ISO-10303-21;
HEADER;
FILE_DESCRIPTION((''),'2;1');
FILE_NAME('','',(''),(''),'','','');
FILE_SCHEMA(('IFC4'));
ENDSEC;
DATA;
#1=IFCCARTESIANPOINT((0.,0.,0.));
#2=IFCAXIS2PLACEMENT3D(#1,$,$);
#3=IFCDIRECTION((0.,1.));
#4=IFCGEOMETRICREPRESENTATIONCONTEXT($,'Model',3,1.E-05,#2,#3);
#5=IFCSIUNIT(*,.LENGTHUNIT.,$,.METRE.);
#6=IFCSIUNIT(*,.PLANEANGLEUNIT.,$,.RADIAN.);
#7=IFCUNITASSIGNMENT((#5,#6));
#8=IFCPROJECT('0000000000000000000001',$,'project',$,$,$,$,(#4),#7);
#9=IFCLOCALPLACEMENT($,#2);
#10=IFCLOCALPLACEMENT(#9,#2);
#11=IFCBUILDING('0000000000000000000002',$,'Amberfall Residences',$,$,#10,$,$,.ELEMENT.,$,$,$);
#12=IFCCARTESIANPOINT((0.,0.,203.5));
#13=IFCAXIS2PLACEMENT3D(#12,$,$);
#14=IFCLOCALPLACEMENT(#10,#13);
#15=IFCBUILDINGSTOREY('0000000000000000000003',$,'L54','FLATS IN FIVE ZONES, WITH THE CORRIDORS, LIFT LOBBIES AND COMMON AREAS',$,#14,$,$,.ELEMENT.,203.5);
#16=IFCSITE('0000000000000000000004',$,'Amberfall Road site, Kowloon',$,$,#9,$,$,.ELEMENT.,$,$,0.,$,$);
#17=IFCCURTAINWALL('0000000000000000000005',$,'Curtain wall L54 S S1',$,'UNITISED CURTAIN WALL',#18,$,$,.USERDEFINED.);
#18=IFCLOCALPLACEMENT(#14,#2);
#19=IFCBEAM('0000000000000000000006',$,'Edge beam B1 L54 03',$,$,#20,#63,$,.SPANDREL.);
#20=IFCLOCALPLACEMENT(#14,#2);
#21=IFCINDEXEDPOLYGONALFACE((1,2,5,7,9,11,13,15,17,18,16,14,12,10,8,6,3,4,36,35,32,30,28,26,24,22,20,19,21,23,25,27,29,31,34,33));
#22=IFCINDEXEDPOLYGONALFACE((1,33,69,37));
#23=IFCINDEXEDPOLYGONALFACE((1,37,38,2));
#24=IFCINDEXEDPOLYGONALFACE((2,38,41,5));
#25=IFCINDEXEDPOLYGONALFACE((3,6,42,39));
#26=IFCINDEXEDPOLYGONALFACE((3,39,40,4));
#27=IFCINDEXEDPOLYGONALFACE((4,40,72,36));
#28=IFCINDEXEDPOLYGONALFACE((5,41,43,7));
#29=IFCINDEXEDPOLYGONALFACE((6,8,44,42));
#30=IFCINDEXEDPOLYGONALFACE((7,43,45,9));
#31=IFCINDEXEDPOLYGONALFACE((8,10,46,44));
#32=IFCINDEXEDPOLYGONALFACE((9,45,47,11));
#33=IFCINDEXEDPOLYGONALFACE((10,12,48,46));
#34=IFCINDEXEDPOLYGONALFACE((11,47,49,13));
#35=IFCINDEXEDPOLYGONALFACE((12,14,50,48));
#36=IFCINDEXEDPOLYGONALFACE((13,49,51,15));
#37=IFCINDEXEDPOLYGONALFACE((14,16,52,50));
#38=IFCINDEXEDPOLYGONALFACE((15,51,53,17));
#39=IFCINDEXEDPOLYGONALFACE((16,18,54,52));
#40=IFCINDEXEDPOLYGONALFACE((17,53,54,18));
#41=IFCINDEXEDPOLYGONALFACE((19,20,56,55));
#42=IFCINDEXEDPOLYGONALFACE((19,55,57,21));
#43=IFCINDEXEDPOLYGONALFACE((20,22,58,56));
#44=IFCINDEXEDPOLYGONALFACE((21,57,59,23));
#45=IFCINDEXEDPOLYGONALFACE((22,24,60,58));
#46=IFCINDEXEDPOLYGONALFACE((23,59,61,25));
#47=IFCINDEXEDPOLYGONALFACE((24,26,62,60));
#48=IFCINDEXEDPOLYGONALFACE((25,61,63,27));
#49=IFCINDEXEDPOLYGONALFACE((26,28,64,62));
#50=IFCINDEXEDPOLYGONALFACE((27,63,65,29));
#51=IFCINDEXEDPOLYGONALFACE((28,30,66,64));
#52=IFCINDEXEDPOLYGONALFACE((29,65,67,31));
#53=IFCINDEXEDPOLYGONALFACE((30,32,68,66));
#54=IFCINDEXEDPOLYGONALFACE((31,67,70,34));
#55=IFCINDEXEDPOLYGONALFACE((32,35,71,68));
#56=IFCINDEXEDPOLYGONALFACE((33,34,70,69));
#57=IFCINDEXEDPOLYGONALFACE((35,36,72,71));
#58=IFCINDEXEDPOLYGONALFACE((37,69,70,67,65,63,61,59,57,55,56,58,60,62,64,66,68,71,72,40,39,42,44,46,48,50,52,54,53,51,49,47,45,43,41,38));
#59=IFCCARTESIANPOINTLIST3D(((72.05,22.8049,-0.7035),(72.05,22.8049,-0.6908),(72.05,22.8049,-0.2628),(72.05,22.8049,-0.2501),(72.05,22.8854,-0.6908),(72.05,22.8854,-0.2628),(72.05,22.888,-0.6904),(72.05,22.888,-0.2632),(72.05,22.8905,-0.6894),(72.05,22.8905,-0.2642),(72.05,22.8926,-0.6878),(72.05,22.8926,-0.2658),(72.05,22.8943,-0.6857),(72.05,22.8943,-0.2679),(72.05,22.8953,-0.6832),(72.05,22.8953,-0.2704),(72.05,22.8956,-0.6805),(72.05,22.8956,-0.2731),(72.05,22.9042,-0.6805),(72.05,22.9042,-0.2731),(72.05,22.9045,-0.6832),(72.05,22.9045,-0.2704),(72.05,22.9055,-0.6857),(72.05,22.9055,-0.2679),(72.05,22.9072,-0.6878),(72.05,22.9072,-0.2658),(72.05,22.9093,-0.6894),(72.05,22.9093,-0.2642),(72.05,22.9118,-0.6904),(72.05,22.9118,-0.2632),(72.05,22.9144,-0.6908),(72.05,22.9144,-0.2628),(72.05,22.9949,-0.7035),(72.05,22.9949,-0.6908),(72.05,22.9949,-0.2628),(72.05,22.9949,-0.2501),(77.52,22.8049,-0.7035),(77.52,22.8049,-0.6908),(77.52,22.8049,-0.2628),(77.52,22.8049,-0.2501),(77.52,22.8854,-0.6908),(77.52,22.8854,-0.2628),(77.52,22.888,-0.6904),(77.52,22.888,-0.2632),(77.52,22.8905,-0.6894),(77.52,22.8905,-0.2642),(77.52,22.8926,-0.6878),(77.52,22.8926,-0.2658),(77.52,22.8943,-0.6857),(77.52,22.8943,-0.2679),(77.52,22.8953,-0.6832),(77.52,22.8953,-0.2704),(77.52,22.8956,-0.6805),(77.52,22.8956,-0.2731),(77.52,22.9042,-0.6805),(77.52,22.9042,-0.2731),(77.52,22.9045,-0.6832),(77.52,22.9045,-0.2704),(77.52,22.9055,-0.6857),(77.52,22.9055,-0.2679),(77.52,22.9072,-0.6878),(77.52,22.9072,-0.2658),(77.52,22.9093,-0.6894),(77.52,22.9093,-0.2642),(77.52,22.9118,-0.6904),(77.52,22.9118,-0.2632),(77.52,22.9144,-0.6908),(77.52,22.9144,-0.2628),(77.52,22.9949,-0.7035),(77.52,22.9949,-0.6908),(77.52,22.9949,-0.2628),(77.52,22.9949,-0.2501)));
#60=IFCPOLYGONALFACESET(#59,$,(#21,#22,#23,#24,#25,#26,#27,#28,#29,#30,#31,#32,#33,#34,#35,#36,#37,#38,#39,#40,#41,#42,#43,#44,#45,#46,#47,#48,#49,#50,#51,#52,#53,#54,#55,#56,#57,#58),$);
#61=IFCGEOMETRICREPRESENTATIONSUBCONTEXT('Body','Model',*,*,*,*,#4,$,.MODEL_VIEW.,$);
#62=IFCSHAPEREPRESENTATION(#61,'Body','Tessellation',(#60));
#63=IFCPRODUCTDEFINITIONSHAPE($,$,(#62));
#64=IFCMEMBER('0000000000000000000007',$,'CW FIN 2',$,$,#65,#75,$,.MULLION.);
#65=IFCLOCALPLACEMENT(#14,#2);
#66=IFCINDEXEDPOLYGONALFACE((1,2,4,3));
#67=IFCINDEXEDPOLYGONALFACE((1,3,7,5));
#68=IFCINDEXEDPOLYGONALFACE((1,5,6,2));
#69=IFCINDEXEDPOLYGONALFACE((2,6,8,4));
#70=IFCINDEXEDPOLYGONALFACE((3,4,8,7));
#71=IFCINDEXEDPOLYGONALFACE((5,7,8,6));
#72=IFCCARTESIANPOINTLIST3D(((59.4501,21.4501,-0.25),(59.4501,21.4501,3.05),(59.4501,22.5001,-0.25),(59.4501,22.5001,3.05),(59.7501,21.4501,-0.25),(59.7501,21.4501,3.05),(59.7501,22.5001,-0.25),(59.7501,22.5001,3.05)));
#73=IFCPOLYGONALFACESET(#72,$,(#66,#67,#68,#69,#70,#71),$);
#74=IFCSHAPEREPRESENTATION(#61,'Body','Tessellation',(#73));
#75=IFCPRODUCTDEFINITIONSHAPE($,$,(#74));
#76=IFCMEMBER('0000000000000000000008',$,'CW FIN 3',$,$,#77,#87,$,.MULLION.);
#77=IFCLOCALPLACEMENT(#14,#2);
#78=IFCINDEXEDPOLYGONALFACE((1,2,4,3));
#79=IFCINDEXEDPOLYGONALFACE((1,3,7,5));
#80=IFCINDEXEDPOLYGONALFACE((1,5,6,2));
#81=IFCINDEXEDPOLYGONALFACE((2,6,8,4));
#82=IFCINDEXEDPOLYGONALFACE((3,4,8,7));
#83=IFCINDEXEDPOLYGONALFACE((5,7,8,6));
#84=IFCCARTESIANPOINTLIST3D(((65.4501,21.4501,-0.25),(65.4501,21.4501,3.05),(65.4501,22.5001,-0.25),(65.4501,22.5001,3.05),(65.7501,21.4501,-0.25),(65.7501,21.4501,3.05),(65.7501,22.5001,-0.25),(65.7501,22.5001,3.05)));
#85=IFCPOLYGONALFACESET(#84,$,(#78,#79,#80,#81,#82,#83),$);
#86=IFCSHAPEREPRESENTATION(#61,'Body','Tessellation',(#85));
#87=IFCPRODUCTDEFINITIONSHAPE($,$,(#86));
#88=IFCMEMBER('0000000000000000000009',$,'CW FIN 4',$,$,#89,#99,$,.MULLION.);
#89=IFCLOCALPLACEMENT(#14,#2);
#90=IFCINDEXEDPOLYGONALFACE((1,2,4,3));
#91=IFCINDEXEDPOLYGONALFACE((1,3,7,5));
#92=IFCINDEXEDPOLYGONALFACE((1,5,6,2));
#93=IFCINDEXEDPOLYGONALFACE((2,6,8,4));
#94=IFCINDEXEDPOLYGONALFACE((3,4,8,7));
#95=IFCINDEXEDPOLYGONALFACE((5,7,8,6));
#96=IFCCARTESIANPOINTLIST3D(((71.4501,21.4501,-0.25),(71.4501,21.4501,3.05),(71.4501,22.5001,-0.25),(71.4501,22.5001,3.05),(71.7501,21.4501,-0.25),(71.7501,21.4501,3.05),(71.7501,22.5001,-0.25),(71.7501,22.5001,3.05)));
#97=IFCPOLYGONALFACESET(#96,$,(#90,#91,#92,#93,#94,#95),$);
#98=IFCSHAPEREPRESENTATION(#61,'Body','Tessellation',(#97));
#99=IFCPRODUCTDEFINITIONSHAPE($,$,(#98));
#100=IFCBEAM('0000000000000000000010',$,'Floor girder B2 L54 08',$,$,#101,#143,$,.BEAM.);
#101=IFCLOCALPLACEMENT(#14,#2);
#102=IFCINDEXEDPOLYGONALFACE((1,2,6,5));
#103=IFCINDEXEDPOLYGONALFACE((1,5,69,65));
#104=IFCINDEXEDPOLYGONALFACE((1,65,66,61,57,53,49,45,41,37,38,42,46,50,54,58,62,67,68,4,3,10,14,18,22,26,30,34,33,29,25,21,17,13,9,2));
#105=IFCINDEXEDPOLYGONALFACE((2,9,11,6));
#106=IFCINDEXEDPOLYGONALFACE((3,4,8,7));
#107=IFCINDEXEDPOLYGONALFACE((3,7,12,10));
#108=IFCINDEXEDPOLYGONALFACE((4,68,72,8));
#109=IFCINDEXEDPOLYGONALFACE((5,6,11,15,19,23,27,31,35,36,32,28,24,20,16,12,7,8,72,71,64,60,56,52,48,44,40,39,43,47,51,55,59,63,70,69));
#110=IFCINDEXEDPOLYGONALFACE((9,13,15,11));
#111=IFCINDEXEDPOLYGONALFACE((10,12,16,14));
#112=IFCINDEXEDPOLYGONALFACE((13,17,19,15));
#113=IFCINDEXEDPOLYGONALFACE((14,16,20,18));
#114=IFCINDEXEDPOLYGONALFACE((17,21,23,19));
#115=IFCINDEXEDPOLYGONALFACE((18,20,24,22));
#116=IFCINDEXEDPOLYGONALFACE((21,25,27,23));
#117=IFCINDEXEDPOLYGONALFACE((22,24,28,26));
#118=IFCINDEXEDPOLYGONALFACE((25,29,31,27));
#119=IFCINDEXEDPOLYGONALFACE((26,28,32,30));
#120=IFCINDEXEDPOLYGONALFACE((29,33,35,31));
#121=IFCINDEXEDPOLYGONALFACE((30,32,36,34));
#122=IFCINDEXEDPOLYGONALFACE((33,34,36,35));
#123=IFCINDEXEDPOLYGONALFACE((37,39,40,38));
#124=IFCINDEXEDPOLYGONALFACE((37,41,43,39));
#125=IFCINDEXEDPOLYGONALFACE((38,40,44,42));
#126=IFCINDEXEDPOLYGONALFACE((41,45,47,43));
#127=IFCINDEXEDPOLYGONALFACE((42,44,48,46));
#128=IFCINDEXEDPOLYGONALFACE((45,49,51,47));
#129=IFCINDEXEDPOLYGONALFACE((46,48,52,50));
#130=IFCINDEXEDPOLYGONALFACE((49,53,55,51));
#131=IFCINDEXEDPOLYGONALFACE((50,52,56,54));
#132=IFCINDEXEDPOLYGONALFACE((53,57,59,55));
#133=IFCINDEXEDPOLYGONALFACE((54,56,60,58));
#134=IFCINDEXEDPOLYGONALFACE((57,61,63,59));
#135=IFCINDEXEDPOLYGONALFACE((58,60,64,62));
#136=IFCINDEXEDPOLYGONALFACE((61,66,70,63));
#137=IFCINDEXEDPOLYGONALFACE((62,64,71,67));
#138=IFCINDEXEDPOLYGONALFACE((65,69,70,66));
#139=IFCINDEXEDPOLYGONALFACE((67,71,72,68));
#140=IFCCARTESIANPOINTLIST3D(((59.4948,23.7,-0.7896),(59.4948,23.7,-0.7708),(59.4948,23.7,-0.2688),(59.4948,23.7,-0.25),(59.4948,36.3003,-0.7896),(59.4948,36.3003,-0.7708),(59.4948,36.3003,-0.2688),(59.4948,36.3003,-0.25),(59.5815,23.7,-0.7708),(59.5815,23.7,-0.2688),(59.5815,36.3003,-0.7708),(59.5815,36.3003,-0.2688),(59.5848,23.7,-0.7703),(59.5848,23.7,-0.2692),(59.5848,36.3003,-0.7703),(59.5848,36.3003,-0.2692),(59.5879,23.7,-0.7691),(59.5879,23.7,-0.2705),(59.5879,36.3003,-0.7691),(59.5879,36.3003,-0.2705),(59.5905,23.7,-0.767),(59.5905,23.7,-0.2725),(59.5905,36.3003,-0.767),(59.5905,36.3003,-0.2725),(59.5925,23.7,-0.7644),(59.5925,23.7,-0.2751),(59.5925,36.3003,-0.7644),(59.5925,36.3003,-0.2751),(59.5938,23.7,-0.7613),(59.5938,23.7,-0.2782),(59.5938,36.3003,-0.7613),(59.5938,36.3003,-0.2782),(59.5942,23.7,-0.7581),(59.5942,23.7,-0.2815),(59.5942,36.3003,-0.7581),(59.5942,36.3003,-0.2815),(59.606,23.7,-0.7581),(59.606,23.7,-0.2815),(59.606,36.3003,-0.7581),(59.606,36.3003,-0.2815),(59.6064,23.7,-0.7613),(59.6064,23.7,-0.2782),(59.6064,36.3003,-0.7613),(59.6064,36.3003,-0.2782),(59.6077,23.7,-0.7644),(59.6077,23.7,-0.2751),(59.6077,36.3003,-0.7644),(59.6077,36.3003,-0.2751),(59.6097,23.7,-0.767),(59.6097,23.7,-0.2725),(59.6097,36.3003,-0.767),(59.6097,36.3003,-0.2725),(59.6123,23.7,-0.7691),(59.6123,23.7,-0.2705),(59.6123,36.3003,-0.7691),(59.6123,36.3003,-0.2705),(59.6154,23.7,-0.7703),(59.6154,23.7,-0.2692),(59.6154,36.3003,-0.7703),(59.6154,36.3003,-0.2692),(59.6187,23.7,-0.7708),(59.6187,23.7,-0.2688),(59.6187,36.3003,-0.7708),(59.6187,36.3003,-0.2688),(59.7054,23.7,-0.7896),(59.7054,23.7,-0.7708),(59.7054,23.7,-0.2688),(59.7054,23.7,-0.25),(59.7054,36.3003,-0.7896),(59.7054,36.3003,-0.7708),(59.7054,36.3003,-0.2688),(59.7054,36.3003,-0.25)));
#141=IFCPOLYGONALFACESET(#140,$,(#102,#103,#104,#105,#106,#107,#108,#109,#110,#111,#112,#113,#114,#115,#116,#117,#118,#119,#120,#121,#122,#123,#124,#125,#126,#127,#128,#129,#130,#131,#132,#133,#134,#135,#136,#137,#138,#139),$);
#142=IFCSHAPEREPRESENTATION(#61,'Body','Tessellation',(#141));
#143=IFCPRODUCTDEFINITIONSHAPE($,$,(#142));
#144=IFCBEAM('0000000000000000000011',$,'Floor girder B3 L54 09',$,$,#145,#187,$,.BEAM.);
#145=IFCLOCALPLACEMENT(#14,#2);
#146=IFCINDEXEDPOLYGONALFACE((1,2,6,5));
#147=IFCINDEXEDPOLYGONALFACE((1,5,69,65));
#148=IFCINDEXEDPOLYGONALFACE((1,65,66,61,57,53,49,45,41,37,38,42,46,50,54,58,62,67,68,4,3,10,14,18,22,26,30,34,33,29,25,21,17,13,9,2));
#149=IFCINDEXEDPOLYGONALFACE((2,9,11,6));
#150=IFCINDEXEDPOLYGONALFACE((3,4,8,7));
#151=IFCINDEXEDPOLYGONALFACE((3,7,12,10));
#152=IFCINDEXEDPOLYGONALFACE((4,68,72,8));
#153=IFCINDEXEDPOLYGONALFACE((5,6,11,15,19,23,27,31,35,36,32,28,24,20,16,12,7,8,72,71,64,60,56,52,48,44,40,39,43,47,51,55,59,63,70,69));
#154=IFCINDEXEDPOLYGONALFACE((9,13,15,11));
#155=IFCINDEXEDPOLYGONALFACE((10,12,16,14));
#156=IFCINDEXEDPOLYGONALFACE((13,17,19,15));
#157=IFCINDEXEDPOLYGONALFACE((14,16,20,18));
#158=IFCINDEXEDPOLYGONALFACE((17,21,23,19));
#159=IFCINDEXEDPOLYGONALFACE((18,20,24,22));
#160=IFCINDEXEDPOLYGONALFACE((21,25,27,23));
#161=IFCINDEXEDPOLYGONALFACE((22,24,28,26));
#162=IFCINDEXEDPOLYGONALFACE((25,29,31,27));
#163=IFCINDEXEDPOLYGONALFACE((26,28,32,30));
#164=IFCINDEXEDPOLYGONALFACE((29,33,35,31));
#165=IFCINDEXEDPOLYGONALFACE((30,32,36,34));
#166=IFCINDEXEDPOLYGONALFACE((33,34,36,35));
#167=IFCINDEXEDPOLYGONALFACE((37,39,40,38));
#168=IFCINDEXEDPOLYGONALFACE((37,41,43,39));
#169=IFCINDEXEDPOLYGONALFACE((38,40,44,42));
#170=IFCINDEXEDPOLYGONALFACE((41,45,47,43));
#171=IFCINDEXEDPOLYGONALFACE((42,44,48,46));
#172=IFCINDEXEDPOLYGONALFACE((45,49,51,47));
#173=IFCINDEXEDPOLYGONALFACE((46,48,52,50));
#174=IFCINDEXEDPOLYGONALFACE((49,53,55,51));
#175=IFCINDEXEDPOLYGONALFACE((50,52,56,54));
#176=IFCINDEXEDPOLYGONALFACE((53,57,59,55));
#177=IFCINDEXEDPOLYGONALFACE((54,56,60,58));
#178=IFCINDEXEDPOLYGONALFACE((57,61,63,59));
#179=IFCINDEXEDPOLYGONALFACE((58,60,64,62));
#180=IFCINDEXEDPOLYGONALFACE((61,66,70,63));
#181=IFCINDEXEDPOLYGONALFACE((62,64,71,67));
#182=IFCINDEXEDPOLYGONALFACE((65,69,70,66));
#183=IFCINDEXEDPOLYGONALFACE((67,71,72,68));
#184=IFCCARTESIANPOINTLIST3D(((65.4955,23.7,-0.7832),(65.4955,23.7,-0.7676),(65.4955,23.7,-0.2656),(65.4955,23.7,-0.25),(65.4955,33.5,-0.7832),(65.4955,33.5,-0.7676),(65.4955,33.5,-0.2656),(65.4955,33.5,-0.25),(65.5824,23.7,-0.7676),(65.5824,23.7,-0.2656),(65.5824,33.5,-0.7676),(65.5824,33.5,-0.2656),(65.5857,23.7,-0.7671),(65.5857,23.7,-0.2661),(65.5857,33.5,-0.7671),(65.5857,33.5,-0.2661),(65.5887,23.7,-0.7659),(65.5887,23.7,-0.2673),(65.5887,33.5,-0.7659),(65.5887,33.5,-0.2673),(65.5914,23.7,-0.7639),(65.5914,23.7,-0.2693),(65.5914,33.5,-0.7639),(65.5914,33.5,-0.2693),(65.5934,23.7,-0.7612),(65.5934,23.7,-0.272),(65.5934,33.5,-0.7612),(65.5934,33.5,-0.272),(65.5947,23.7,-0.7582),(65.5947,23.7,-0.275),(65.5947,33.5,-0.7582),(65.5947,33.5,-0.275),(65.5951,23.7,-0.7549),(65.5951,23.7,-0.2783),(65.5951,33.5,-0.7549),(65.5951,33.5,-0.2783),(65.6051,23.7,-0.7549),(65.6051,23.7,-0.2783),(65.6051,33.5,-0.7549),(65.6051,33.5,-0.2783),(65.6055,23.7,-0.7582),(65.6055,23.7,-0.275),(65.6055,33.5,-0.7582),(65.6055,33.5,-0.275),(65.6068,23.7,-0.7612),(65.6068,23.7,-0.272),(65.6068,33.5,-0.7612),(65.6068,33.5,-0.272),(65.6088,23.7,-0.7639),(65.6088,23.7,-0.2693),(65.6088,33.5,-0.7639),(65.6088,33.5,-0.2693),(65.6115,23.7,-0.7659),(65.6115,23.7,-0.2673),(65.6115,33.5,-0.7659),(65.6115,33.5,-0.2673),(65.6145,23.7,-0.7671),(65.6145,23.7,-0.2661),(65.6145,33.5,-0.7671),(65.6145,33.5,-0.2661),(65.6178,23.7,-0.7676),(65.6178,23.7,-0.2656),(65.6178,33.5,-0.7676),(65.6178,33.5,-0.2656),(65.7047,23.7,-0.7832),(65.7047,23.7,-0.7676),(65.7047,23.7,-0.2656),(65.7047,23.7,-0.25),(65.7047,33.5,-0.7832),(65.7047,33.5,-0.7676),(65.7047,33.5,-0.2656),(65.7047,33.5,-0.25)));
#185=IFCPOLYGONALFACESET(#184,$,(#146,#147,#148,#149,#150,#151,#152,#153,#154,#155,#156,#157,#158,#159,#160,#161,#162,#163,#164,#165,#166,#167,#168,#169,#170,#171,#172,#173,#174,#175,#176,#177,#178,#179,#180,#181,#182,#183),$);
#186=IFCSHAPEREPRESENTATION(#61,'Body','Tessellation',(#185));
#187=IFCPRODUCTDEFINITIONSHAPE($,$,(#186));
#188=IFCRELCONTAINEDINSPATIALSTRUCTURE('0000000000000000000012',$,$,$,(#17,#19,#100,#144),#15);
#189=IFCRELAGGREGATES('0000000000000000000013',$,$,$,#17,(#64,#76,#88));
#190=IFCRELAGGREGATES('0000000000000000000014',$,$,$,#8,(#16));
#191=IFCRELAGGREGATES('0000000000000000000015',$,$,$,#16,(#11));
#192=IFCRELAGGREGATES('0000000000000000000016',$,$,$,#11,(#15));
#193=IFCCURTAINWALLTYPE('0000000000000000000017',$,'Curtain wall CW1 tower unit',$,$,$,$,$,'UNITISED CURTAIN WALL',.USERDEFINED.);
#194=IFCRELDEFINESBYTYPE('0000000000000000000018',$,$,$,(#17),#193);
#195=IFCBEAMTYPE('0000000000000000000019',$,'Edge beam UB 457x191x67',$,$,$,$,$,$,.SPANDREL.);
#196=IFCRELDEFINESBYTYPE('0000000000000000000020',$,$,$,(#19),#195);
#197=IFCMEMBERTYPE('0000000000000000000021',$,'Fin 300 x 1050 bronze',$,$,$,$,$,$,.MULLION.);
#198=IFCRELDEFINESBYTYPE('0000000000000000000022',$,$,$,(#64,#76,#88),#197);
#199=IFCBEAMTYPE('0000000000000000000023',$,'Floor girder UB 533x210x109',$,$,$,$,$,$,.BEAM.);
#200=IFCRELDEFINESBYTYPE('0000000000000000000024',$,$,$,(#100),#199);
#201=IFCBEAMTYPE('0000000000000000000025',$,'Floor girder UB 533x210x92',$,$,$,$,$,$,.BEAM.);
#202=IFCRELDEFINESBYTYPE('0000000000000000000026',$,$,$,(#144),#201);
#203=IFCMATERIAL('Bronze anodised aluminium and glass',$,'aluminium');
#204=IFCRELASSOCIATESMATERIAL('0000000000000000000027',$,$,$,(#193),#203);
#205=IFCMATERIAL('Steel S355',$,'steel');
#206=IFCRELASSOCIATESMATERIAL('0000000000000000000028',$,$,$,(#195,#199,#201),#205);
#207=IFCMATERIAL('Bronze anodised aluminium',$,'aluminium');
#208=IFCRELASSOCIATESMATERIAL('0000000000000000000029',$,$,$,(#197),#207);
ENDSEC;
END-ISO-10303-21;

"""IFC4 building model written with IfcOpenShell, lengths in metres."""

from ifc_helpers import new_model, si_unit, direction, frame, origin, origin_2d, place, context, subcontext, project, spatial, rectangle, i_section, extrude, material, material_profile, profile_set, type_object, element, aggregate, save


model = new_model("IFC4")

# Units and contexts
model_context = context("Model", 3, precision=1e-05, world=origin(), true_north=direction((0.0, 1.0)))
body_context = subcontext(model_context, "Body", "Model", "MODEL_VIEW")
ifc_project = project(units=[si_unit("LENGTHUNIT", "METRE"), si_unit("PLANEANGLEUNIT", "RADIAN")], contexts=[model_context])

# Site, building, storey
site_placement = place(None, origin())
site = spatial("IfcSite", under=ifc_project, at=site_placement, Name="Amberfall Road site, Kowloon", CompositionType="ELEMENT", RefElevation=0.0)
building_placement = place(site_placement, origin())
building = spatial("IfcBuilding", under=site, at=building_placement, Name="Amberfall Residences", CompositionType="ELEMENT")
storey_placement = place(building_placement, frame((0.0, 0.0, 203.5)))
storey = spatial("IfcBuildingStorey", under=building, at=storey_placement, Name="L54", Description="FLATS IN FIVE ZONES, WITH THE CORRIDORS, LIFT LOBBIES AND COMMON AREAS", CompositionType="ELEMENT", Elevation=203.5)

# Curtain wall
ifc_material_1 = material(Name="Bronze anodised aluminium and glass", Category="aluminium")
curtain_wall_type = type_object("IfcCurtainWallType", Name="Curtain wall CW1 tower unit", ElementType="UNITISED CURTAIN WALL", PredefinedType="USERDEFINED", material=ifc_material_1)
curtain_wall_placement = place(storey_placement, origin())
curtain_wall = element("IfcCurtainWall", 1, at=curtain_wall_placement, inside=storey, type_object=curtain_wall_type, Name="Curtain wall L54 S S1", ObjectType="UNITISED CURTAIN WALL", PredefinedType="USERDEFINED")
ifc_material_2 = material(Name="Bronze anodised aluminium", Category="aluminium")

# Beam
ifc_material_3 = material(Name="Steel S355", Category="steel")
ifc_material_profile_1 = material_profile(ifc_material_3, i_section(OverallWidth=0.1899, OverallDepth=0.4534, WebThickness=0.0085, FlangeThickness=0.0127, FilletRadius=0.0103, at=origin_2d()), Name="UB 457x191x67")
ifc_profile_set_1 = profile_set([ifc_material_profile_1], Name="Steel S355")
beam_type_1 = type_object("IfcBeamType", Name="Edge beam UB 457x191x67", PredefinedType="SPANDREL", material=ifc_profile_set_1)
beam_1_placement = place(storey_placement, frame((72.05, 22.8999, -0.4768), z_axis=(1.0, 0.0, 0.0), x_axis=(0.0, 1.0, 0.0)))
element("IfcBeam", 2, at=beam_1_placement, inside=storey, type_object=beam_type_1, Name="Edge beam B1 L54 03", PredefinedType="SPANDREL", context=body_context, shape_type="SweptSolid", body=[
    extrude(i_section(OverallWidth=0.1899, OverallDepth=0.4534, WebThickness=0.0085, FlangeThickness=0.0127, FilletRadius=0.0103, at=origin_2d()), origin(), (0.0, 0.0, 1.0), 5.47),
])

# Members
ifc_material_profile_2 = material_profile(ifc_material_2, rectangle(XDim=1.05, YDim=0.3, at=origin_2d()), Name="Fin 300 x 1050 bronze")
ifc_profile_set_2 = profile_set([ifc_material_profile_2], Name="Bronze anodised aluminium")
member_type_1 = type_object("IfcMemberType", Name="Fin 300 x 1050 bronze", PredefinedType="MULLION", material=ifc_profile_set_2)
member_1_placement = place(storey_placement, frame((59.6001, 21.9751, -0.25), z_axis=(0.0, 0.0, 1.0), x_axis=(0.0, 1.0, 0.0)))
member_1 = element("IfcMember", 3, at=member_1_placement, type_object=member_type_1, Name="CW FIN 2", PredefinedType="MULLION", context=body_context, shape_type="SweptSolid", body=[
    extrude(rectangle(XDim=1.05, YDim=0.3, at=origin_2d()), origin(), (0.0, 0.0, 1.0), 3.3),
])
member_2_placement = place(storey_placement, frame((65.6001, 21.9751, -0.25), z_axis=(0.0, 0.0, 1.0), x_axis=(0.0, 1.0, 0.0)))
member_2 = element("IfcMember", 4, at=member_2_placement, type_object=member_type_1, Name="CW FIN 3", PredefinedType="MULLION", context=body_context, shape_type="SweptSolid", body=[
    extrude(rectangle(XDim=1.05, YDim=0.3, at=origin_2d()), origin(), (0.0, 0.0, 1.0), 3.3),
])
member_3_placement = place(storey_placement, frame((71.6001, 21.9751, -0.25), z_axis=(0.0, 0.0, 1.0), x_axis=(0.0, 1.0, 0.0)))
member_3 = element("IfcMember", 5, at=member_3_placement, type_object=member_type_1, Name="CW FIN 4", PredefinedType="MULLION", context=body_context, shape_type="SweptSolid", body=[
    extrude(rectangle(XDim=1.05, YDim=0.3, at=origin_2d()), origin(), (0.0, 0.0, 1.0), 3.3),
])

# Beams
ifc_material_profile_3 = material_profile(ifc_material_3, i_section(OverallWidth=0.2107, OverallDepth=0.5396, WebThickness=0.0117, FlangeThickness=0.0188, FilletRadius=0.0127, at=origin_2d()), Name="UB 533x210x109")
ifc_profile_set_3 = profile_set([ifc_material_profile_3], Name="Steel S355")
beam_type_2 = type_object("IfcBeamType", Name="Floor girder UB 533x210x109", PredefinedType="BEAM", material=ifc_profile_set_3)
beam_2_placement = place(storey_placement, frame((59.6001, 23.7, -0.5198), z_axis=(0.0, 1.0, 0.0), x_axis=(-1.0, 0.0, 0.0)))
element("IfcBeam", 6, at=beam_2_placement, inside=storey, type_object=beam_type_2, Name="Floor girder B2 L54 08", PredefinedType="BEAM", context=body_context, shape_type="SweptSolid", body=[
    extrude(i_section(OverallWidth=0.2107, OverallDepth=0.5396, WebThickness=0.0117, FlangeThickness=0.0188, FilletRadius=0.0127, at=origin_2d()), origin(), (0.0, 0.0, 1.0), 12.6003),
])
ifc_material_profile_4 = material_profile(ifc_material_3, i_section(OverallWidth=0.2092, OverallDepth=0.5332, WebThickness=0.01, FlangeThickness=0.0156, FilletRadius=0.0127, at=origin_2d()), Name="UB 533x210x92")
ifc_profile_set_4 = profile_set([ifc_material_profile_4], Name="Steel S355")
beam_type_3 = type_object("IfcBeamType", Name="Floor girder UB 533x210x92", PredefinedType="BEAM", material=ifc_profile_set_4)
for number, where, z_axis, x_axis, name in (
    (7, (65.6001, 23.7, -0.5166), (0.0, 1.0, 0.0), (-1.0, 0.0, 0.0), "Floor girder B3 L54 09"),
):
    element("IfcBeam", number, at=place(storey_placement, frame(where, z_axis=z_axis, x_axis=x_axis)), inside=storey, type_object=beam_type_3, Name=name, PredefinedType="BEAM", context=body_context, shape_type="SweptSolid", body=[
        extrude(i_section(OverallWidth=0.2092, OverallDepth=0.5332, WebThickness=0.01, FlangeThickness=0.0156, FilletRadius=0.0127, at=origin_2d()), origin(), (0.0, 0.0, 1.0), 9.8),
    ])

aggregate(curtain_wall, [member_1, member_2, member_3])

save(model, "model.ifc")
